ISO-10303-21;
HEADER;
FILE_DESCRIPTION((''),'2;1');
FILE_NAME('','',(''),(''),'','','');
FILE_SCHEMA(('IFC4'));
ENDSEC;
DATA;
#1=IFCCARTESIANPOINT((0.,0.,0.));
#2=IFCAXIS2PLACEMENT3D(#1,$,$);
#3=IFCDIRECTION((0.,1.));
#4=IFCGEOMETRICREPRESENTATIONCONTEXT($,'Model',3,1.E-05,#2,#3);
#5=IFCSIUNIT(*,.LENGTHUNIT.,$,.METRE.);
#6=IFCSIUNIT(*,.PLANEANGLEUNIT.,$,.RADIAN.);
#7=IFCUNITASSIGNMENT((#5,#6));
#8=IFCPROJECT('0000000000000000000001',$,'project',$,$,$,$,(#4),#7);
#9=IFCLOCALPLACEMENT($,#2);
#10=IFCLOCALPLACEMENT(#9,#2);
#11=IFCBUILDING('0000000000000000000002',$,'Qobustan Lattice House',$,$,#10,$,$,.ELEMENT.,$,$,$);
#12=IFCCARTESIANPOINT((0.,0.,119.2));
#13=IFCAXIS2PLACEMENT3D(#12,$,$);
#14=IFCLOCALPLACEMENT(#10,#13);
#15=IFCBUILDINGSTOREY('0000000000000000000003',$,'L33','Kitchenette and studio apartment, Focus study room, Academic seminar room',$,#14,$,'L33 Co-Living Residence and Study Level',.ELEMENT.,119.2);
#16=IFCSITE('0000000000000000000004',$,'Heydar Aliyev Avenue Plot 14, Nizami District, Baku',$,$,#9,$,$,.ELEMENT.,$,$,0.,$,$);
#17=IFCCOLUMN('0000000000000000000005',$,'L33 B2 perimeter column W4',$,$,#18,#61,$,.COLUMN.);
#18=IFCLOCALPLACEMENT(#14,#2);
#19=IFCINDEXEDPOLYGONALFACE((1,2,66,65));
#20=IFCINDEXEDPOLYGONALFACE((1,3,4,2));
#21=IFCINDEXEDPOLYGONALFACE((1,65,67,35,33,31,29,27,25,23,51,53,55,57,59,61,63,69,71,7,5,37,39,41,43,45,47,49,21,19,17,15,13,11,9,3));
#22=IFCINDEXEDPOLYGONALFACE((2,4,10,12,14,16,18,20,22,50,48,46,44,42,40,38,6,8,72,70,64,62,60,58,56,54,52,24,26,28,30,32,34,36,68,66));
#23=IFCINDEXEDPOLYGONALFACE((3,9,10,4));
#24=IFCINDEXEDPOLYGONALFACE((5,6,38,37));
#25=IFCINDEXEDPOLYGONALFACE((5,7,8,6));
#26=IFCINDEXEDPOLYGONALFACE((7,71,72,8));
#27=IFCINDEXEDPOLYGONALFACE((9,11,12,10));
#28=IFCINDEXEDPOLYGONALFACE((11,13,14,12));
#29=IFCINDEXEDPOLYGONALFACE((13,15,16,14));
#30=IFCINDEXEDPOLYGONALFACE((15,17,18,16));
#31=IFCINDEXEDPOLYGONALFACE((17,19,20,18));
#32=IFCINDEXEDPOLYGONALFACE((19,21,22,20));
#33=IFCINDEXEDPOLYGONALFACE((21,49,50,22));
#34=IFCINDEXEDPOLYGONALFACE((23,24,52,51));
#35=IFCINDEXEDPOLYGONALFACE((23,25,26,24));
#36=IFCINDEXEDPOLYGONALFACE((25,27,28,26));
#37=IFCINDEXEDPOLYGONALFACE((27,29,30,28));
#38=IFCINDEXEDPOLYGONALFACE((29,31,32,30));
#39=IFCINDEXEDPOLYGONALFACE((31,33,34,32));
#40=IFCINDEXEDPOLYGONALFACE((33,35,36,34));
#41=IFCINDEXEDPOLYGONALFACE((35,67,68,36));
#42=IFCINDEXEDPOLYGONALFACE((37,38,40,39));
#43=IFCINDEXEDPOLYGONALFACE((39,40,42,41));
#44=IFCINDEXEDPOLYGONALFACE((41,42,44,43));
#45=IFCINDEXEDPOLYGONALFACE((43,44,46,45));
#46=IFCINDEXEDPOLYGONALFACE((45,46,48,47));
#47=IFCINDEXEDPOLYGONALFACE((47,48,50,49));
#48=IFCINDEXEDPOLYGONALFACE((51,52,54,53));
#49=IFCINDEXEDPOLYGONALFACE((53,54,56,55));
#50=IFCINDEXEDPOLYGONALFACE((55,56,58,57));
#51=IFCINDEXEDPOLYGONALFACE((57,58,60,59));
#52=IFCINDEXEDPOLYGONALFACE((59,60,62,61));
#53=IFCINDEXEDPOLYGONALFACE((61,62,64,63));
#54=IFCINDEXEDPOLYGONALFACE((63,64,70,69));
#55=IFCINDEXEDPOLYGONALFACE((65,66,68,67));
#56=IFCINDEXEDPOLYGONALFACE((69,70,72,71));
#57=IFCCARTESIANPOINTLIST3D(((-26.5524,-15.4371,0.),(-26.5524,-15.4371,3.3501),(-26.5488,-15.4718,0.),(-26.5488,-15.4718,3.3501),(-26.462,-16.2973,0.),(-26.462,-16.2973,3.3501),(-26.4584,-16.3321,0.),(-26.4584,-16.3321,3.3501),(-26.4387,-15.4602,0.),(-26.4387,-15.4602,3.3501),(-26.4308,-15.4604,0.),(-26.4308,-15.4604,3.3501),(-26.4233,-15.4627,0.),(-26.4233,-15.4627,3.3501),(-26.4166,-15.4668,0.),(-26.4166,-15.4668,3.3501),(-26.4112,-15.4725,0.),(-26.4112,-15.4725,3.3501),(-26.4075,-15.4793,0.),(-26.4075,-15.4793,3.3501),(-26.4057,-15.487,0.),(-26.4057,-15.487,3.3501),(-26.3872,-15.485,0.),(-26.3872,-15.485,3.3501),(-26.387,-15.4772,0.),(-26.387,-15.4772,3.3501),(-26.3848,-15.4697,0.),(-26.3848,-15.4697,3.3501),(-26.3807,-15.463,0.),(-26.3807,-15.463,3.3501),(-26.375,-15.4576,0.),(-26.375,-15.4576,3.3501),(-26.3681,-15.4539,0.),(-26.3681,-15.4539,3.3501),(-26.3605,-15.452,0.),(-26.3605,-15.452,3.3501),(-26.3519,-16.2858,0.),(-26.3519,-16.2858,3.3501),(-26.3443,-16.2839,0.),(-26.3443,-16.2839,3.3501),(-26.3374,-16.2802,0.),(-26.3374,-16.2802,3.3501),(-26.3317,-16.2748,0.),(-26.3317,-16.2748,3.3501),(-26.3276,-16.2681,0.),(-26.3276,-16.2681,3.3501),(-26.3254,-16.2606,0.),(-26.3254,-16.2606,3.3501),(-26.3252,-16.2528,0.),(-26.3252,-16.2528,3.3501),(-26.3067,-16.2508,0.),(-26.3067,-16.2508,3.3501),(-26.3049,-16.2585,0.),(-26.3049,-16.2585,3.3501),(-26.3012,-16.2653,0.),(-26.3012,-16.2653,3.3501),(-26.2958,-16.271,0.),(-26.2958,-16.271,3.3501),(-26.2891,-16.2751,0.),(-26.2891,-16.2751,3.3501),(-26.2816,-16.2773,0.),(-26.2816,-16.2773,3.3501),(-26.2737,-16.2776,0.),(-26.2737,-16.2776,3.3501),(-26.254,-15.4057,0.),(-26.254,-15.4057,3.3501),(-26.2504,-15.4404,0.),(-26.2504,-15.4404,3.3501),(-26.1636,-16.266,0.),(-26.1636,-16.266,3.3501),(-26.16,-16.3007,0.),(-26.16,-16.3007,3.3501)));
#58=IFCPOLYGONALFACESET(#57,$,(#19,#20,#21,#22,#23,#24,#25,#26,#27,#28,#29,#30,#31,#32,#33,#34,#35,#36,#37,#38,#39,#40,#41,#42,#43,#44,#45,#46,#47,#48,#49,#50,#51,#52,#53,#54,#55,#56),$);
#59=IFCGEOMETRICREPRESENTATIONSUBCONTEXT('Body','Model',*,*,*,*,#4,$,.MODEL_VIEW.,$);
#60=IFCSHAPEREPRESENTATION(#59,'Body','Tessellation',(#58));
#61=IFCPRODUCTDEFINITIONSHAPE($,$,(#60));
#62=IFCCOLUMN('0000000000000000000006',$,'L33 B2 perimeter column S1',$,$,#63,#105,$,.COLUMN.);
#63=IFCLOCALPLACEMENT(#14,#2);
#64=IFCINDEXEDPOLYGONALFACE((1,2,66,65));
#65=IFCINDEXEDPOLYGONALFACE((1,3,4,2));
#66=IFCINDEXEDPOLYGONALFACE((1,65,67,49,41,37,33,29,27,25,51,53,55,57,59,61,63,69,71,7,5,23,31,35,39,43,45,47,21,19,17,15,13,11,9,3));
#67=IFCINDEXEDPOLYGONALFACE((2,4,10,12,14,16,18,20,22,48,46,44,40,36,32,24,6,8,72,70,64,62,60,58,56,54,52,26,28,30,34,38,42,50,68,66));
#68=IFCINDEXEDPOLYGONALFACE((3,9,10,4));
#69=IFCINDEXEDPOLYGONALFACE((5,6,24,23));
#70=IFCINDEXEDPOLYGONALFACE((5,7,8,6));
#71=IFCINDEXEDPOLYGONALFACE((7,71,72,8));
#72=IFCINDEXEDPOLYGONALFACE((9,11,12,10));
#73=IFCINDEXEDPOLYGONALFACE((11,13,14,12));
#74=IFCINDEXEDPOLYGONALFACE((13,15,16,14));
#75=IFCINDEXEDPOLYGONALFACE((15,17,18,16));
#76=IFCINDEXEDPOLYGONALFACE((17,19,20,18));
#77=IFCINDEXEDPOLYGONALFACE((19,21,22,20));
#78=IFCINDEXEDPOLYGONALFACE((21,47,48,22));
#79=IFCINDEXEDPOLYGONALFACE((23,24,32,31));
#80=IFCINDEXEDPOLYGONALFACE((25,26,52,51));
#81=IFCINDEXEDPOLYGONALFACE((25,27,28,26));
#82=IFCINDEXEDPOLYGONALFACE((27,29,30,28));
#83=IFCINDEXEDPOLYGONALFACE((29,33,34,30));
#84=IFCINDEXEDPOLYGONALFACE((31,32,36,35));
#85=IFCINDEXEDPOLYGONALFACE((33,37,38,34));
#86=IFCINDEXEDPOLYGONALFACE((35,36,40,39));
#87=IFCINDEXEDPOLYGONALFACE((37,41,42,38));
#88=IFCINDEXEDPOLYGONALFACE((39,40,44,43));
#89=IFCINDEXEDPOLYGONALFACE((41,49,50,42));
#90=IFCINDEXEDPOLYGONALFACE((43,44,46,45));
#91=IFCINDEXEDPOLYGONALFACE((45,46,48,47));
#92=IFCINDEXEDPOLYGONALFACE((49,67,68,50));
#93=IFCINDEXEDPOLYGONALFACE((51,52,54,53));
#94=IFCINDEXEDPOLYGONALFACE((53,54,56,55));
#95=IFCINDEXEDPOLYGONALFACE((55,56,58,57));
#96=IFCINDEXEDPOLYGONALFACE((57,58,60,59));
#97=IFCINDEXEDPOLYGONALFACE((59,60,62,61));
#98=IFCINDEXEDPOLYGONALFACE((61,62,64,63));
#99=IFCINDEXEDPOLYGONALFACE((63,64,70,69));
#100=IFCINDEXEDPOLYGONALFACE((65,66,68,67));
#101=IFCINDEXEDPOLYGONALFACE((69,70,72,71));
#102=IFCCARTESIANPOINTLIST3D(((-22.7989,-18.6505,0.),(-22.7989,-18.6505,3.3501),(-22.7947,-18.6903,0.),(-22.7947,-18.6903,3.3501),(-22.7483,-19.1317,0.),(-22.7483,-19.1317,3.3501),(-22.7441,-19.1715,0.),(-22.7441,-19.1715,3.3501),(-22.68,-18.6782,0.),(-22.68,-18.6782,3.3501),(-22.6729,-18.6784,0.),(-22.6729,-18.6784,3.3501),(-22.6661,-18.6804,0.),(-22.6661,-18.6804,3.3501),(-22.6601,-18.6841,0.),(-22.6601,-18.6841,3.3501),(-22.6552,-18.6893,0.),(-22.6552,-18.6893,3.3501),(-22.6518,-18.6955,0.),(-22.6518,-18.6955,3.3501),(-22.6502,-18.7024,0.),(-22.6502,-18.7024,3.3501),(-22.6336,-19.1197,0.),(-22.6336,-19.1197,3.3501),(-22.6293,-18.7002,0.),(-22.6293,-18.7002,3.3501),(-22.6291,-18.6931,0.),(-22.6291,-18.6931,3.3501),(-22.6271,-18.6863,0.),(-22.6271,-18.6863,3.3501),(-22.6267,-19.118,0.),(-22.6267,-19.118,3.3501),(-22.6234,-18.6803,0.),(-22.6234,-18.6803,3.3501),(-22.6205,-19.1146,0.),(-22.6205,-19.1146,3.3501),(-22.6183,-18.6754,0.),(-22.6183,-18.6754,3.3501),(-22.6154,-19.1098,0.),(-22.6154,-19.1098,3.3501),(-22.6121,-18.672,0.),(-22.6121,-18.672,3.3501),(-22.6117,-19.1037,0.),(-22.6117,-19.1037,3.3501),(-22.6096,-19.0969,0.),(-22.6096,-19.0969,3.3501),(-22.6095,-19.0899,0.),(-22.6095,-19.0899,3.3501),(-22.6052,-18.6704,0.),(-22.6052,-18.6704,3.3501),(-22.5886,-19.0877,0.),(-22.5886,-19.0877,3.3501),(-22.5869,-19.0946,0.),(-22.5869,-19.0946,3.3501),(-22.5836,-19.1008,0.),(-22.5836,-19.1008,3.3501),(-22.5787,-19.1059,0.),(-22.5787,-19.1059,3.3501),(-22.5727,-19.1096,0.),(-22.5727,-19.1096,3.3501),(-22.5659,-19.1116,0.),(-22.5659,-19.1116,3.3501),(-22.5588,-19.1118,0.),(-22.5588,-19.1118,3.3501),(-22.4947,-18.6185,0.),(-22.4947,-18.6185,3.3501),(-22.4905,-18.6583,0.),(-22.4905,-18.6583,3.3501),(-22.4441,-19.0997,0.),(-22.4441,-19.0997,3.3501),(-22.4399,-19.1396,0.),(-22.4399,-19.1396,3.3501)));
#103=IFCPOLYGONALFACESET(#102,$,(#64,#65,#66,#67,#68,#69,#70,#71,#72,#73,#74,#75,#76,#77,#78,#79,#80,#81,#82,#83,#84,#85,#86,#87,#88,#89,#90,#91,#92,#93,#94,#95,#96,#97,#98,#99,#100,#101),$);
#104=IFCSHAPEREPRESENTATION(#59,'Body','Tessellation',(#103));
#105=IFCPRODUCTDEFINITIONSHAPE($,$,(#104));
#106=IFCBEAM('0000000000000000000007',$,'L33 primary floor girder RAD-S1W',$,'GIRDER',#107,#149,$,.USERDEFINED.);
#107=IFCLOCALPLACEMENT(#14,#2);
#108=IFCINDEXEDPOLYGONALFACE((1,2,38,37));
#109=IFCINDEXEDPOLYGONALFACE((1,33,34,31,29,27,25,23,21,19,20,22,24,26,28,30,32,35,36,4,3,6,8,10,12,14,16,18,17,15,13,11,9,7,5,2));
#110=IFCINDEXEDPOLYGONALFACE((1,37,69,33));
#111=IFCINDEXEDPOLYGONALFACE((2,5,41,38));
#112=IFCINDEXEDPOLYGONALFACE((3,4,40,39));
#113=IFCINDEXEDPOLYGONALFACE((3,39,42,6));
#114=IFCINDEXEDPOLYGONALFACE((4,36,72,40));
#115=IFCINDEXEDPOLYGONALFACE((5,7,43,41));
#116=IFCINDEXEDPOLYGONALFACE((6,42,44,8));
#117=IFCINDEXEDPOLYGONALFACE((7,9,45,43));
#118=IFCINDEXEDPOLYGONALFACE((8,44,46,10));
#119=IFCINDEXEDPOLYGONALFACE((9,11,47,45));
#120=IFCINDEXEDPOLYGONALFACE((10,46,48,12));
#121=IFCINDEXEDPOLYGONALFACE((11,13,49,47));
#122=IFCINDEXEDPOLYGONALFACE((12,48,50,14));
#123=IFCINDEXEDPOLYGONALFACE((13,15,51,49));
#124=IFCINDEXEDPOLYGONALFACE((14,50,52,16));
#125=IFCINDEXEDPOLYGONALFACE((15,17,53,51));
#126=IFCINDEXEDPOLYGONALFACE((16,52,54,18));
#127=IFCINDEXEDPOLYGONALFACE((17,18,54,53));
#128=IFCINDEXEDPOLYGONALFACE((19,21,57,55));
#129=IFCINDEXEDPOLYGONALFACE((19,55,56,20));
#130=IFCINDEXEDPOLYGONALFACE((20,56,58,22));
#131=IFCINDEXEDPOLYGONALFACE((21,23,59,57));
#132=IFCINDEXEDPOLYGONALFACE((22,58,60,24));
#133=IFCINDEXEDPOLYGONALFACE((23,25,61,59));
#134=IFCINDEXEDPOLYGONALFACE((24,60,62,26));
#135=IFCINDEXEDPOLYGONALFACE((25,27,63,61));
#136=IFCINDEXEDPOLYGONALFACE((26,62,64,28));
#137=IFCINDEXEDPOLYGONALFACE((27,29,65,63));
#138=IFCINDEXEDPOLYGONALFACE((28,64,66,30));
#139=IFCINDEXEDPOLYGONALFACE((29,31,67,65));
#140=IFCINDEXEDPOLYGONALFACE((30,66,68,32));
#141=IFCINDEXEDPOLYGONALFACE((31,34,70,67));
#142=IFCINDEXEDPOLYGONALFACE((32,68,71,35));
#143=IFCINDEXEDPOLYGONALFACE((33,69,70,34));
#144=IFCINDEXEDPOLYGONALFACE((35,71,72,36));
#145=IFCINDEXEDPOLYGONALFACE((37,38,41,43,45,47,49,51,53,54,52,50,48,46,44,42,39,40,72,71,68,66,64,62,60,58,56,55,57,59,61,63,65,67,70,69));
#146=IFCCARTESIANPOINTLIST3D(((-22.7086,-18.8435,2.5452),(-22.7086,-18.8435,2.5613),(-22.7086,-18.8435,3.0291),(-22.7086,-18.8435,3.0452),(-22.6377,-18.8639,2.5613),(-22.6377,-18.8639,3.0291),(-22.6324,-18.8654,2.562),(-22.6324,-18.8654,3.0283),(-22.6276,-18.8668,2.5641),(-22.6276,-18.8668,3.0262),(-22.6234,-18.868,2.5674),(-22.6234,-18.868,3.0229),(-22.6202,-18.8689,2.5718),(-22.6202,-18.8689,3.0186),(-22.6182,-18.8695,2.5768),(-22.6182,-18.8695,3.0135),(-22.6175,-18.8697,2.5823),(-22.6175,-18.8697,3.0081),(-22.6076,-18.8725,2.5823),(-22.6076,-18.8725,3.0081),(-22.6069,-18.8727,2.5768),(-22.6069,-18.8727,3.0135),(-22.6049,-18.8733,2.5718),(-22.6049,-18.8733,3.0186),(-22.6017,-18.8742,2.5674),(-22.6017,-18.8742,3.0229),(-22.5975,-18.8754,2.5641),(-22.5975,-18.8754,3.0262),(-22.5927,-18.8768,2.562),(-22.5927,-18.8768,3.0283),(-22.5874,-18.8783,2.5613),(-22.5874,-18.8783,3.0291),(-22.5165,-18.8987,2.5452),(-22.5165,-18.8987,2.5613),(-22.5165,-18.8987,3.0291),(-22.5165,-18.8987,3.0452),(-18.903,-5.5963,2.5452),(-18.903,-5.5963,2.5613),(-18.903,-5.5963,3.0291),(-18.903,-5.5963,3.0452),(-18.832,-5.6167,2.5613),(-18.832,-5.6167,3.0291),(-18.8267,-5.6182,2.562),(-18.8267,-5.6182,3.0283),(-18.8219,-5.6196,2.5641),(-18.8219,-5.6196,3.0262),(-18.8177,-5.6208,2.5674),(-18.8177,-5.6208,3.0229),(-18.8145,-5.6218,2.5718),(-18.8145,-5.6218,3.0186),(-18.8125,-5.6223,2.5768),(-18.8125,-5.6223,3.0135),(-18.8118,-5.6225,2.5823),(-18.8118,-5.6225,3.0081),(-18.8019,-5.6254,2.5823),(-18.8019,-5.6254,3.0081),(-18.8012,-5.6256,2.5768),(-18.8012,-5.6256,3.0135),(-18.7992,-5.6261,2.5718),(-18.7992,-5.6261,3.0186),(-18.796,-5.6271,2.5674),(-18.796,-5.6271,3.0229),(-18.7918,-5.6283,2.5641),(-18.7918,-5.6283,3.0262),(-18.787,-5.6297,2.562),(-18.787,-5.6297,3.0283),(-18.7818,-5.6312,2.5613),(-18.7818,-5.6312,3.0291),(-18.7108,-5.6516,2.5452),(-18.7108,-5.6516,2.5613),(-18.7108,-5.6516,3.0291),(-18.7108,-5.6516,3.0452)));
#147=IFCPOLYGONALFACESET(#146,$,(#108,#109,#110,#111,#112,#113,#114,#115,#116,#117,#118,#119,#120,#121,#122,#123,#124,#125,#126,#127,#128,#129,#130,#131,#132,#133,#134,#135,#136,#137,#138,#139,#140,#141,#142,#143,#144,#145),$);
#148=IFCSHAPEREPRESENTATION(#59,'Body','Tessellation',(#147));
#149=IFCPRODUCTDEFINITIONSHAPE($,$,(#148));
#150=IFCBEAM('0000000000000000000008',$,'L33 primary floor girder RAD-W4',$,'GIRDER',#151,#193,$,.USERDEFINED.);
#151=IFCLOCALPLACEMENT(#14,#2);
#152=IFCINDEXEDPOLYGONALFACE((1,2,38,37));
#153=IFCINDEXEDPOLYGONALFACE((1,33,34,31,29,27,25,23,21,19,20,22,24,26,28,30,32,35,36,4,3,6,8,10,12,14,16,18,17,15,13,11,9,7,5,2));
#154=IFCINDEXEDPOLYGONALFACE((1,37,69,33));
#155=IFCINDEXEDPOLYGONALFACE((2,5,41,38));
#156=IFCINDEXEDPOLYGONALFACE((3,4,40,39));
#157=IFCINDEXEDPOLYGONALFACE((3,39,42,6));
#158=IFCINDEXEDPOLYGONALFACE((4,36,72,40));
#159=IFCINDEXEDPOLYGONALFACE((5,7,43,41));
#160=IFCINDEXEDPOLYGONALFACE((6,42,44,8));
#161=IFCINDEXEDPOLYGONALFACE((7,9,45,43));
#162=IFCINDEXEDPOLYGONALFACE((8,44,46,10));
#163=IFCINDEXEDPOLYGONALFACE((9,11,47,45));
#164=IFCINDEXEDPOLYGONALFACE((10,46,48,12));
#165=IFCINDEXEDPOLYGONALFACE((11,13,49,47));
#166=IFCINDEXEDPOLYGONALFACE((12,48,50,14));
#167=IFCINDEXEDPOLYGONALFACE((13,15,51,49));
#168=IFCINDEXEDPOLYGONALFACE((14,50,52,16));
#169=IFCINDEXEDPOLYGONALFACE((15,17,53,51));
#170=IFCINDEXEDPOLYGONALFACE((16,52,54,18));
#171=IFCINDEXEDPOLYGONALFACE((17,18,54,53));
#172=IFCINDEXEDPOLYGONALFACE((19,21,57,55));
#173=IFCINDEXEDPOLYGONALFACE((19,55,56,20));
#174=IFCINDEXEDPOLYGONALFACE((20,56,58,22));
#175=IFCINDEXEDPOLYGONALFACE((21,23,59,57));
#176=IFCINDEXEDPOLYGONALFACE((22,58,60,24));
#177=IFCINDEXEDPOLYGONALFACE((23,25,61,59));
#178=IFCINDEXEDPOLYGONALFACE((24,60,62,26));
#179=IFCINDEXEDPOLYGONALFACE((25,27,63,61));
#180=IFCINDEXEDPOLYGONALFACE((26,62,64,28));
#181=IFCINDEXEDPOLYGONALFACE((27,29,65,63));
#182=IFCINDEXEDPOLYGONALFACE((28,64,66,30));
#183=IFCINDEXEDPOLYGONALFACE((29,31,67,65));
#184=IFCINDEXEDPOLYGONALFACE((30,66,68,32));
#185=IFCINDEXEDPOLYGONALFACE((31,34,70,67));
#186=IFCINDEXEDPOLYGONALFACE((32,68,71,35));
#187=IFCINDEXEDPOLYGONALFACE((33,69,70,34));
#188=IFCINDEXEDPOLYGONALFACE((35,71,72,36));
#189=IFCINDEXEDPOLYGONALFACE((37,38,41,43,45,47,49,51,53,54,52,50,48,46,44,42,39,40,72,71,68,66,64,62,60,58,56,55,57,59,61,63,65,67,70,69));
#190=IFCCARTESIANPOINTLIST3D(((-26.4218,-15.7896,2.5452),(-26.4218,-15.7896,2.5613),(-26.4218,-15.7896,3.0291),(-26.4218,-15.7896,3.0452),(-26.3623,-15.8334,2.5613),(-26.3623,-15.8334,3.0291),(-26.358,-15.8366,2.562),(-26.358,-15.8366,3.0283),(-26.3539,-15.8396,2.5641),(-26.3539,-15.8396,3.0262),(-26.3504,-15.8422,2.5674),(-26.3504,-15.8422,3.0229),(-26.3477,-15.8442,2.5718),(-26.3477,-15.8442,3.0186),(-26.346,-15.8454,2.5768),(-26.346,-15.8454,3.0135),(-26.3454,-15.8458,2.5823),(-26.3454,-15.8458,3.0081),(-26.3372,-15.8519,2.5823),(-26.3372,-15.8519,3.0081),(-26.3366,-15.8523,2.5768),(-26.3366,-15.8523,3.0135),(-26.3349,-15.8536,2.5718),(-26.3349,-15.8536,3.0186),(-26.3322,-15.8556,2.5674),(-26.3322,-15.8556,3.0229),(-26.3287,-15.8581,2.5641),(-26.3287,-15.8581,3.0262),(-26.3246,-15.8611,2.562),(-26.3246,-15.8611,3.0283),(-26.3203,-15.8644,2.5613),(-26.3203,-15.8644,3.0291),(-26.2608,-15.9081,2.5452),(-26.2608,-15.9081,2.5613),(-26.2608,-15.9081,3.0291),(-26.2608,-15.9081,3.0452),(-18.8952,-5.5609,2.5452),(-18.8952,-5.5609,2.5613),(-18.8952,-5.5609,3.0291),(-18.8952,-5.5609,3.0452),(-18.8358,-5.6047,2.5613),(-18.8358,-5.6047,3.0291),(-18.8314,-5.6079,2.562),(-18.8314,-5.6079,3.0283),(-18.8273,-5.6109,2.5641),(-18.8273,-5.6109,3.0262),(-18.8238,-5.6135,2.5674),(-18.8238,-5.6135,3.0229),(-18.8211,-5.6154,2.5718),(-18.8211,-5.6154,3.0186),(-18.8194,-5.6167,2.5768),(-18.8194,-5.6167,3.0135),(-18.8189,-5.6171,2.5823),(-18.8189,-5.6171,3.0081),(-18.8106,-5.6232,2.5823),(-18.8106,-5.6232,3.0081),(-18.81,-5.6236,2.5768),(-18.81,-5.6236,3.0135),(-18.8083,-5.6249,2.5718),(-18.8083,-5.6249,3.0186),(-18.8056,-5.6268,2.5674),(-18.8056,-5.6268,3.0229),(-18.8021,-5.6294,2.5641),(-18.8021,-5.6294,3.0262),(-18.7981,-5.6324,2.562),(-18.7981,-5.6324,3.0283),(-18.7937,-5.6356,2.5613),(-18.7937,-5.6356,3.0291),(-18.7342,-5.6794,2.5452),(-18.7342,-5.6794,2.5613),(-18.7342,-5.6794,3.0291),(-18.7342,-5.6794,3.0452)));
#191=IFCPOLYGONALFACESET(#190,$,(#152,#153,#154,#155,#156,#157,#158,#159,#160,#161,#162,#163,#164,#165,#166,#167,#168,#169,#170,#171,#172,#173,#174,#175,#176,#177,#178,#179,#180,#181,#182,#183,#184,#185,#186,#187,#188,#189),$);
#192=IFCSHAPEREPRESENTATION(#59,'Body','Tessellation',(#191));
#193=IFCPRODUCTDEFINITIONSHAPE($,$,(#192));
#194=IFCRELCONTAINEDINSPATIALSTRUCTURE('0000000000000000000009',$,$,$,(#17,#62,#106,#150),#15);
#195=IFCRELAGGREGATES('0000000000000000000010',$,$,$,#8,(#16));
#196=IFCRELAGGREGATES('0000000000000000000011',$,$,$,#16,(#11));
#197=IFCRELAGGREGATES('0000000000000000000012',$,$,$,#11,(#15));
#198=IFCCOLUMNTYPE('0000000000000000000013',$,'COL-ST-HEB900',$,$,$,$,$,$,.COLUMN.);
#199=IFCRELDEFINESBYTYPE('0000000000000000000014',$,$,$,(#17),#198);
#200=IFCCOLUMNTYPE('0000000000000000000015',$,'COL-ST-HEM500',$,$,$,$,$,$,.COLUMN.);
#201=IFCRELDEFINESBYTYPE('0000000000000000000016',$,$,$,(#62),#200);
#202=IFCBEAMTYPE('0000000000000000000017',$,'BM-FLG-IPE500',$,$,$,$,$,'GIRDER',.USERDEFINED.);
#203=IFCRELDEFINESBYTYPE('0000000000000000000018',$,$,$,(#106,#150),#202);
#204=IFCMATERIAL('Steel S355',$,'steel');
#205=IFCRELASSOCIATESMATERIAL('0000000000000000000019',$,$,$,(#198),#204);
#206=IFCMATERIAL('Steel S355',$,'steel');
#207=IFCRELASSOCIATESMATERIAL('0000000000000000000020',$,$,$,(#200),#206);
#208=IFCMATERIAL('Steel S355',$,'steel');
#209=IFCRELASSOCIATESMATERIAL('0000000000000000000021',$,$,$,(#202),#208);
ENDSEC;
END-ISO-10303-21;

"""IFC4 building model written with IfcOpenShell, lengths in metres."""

from ifc_helpers import new_model, si_unit, direction, frame, origin, origin_2d, place, context, subcontext, project, spatial, i_section, extrude, material, material_profile, profile_set, type_object, element, save


model = new_model("IFC4")

# Units and contexts
model_context = context("Model", 3, precision=1e-05, world=origin(), true_north=direction((0.0, 1.0)))
body_context = subcontext(model_context, "Body", "Model", "MODEL_VIEW")
ifc_project = project(units=[si_unit("LENGTHUNIT", "METRE"), si_unit("PLANEANGLEUNIT", "RADIAN")], contexts=[model_context])

# Site, building, storey
site_placement = place(None, origin())
site = spatial("IfcSite", under=ifc_project, at=site_placement, Name="Heydar Aliyev Avenue Plot 14, Nizami District, Baku", CompositionType="ELEMENT", RefElevation=0.0)
building_placement = place(site_placement, origin())
building = spatial("IfcBuilding", under=site, at=building_placement, Name="Qobustan Lattice House", CompositionType="ELEMENT")
storey_placement = place(building_placement, frame((0.0, 0.0, 119.2)))
storey = spatial("IfcBuildingStorey", under=building, at=storey_placement, Name="L33", Description="Kitchenette and studio apartment, Focus study room, Academic seminar room", LongName="L33 Co-Living Residence and Study Level", CompositionType="ELEMENT", Elevation=119.2)

# Columns
ifc_material_1 = material(Name="Steel S355", Category="steel")
ifc_material_profile_1 = material_profile(ifc_material_1, i_section(OverallWidth=0.3, OverallDepth=0.8999, WebThickness=0.0186, FlangeThickness=0.0349, FilletRadius=0.03, at=origin_2d()), Name="HEB900")
ifc_profile_set_1 = profile_set([ifc_material_profile_1], Name="Steel S355")
column_type_1 = type_object("IfcColumnType", Name="COL-ST-HEB900", PredefinedType="COLUMN", material=ifc_profile_set_1)
column_1_placement = place(storey_placement, frame((-26.3562, -15.8689, 0.0), z_axis=(0.0, 0.0, 1.0), x_axis=(0.994522, 0.104528, 0.0)))
element("IfcColumn", 1, at=column_1_placement, inside=storey, type_object=column_type_1, Name="L33 B2 perimeter column W4", PredefinedType="COLUMN", context=body_context, shape_type="SweptSolid", body=[
    extrude(i_section(OverallWidth=0.3, OverallDepth=0.8999, WebThickness=0.0186, FlangeThickness=0.0349, FilletRadius=0.03, at=origin_2d()), origin(), (0.0, 0.0, 1.0), 3.3501),
])
ifc_material_2 = material(Name="Steel S355", Category="steel")
ifc_material_profile_2 = material_profile(ifc_material_2, i_section(OverallWidth=0.3059, OverallDepth=0.5239, WebThickness=0.021, FlangeThickness=0.04, FilletRadius=0.0271, at=origin_2d()), Name="HEM500")
ifc_profile_set_2 = profile_set([ifc_material_profile_2], Name="Steel S355")
column_type_2 = type_object("IfcColumnType", Name="COL-ST-HEM500", PredefinedType="COLUMN", material=ifc_profile_set_2)
column_2_placement = place(storey_placement, frame((-22.6194, -18.895, 0.0), z_axis=(0.0, 0.0, 1.0), x_axis=(0.994522, 0.104528, 0.0)))
element("IfcColumn", 2, at=column_2_placement, inside=storey, type_object=column_type_2, Name="L33 B2 perimeter column S1", PredefinedType="COLUMN", context=body_context, shape_type="SweptSolid", body=[
    extrude(i_section(OverallWidth=0.3059, OverallDepth=0.5239, WebThickness=0.021, FlangeThickness=0.04, FilletRadius=0.0271, at=origin_2d()), origin(), (0.0, 0.0, 1.0), 3.3501),
])

# Beams
ifc_material_3 = material(Name="Steel S355", Category="steel")
ifc_material_profile_3 = material_profile(ifc_material_3, i_section(OverallWidth=0.2, OverallDepth=0.5, WebThickness=0.0103, FlangeThickness=0.0161, FilletRadius=0.021, at=origin_2d()), Name="IPE500")
ifc_profile_set_3 = profile_set([ifc_material_profile_3], Name="Steel S355")
beam_type_1 = type_object("IfcBeamType", Name="BM-FLG-IPE500", ElementType="GIRDER", PredefinedType="USERDEFINED", material=ifc_profile_set_3)
beam_1_placement = place(storey_placement, frame((-22.6125, -18.8711, 2.7952), z_axis=(0.276115, 0.961125, 0.0), x_axis=(-0.961125, 0.276115, 0.0)))
element("IfcBeam", 3, at=beam_1_placement, inside=storey, type_object=beam_type_1, Name="L33 primary floor girder RAD-S1W", ObjectType="GIRDER", PredefinedType="USERDEFINED", context=body_context, shape_type="SweptSolid", body=[
    extrude(i_section(OverallWidth=0.2, OverallDepth=0.5, WebThickness=0.0103, FlangeThickness=0.0161, FilletRadius=0.021, at=origin_2d()), origin(), (0.0, 0.0, 1.0), 13.783),
])
beam_2_placement = place(storey_placement, frame((-26.3413, -15.8489, 2.7952), z_axis=(0.59267, 0.805446, 0.0), x_axis=(-0.805446, 0.59267, 0.0)))
element("IfcBeam", 4, at=beam_2_placement, inside=storey, type_object=beam_type_1, Name="L33 primary floor girder RAD-W4", ObjectType="GIRDER", PredefinedType="USERDEFINED", context=body_context, shape_type="SweptSolid", body=[
    extrude(i_section(OverallWidth=0.2, OverallDepth=0.5, WebThickness=0.0103, FlangeThickness=0.0161, FilletRadius=0.021, at=origin_2d()), origin(), (0.0, 0.0, 1.0), 12.6995),
])

save(model, "model.ifc")
